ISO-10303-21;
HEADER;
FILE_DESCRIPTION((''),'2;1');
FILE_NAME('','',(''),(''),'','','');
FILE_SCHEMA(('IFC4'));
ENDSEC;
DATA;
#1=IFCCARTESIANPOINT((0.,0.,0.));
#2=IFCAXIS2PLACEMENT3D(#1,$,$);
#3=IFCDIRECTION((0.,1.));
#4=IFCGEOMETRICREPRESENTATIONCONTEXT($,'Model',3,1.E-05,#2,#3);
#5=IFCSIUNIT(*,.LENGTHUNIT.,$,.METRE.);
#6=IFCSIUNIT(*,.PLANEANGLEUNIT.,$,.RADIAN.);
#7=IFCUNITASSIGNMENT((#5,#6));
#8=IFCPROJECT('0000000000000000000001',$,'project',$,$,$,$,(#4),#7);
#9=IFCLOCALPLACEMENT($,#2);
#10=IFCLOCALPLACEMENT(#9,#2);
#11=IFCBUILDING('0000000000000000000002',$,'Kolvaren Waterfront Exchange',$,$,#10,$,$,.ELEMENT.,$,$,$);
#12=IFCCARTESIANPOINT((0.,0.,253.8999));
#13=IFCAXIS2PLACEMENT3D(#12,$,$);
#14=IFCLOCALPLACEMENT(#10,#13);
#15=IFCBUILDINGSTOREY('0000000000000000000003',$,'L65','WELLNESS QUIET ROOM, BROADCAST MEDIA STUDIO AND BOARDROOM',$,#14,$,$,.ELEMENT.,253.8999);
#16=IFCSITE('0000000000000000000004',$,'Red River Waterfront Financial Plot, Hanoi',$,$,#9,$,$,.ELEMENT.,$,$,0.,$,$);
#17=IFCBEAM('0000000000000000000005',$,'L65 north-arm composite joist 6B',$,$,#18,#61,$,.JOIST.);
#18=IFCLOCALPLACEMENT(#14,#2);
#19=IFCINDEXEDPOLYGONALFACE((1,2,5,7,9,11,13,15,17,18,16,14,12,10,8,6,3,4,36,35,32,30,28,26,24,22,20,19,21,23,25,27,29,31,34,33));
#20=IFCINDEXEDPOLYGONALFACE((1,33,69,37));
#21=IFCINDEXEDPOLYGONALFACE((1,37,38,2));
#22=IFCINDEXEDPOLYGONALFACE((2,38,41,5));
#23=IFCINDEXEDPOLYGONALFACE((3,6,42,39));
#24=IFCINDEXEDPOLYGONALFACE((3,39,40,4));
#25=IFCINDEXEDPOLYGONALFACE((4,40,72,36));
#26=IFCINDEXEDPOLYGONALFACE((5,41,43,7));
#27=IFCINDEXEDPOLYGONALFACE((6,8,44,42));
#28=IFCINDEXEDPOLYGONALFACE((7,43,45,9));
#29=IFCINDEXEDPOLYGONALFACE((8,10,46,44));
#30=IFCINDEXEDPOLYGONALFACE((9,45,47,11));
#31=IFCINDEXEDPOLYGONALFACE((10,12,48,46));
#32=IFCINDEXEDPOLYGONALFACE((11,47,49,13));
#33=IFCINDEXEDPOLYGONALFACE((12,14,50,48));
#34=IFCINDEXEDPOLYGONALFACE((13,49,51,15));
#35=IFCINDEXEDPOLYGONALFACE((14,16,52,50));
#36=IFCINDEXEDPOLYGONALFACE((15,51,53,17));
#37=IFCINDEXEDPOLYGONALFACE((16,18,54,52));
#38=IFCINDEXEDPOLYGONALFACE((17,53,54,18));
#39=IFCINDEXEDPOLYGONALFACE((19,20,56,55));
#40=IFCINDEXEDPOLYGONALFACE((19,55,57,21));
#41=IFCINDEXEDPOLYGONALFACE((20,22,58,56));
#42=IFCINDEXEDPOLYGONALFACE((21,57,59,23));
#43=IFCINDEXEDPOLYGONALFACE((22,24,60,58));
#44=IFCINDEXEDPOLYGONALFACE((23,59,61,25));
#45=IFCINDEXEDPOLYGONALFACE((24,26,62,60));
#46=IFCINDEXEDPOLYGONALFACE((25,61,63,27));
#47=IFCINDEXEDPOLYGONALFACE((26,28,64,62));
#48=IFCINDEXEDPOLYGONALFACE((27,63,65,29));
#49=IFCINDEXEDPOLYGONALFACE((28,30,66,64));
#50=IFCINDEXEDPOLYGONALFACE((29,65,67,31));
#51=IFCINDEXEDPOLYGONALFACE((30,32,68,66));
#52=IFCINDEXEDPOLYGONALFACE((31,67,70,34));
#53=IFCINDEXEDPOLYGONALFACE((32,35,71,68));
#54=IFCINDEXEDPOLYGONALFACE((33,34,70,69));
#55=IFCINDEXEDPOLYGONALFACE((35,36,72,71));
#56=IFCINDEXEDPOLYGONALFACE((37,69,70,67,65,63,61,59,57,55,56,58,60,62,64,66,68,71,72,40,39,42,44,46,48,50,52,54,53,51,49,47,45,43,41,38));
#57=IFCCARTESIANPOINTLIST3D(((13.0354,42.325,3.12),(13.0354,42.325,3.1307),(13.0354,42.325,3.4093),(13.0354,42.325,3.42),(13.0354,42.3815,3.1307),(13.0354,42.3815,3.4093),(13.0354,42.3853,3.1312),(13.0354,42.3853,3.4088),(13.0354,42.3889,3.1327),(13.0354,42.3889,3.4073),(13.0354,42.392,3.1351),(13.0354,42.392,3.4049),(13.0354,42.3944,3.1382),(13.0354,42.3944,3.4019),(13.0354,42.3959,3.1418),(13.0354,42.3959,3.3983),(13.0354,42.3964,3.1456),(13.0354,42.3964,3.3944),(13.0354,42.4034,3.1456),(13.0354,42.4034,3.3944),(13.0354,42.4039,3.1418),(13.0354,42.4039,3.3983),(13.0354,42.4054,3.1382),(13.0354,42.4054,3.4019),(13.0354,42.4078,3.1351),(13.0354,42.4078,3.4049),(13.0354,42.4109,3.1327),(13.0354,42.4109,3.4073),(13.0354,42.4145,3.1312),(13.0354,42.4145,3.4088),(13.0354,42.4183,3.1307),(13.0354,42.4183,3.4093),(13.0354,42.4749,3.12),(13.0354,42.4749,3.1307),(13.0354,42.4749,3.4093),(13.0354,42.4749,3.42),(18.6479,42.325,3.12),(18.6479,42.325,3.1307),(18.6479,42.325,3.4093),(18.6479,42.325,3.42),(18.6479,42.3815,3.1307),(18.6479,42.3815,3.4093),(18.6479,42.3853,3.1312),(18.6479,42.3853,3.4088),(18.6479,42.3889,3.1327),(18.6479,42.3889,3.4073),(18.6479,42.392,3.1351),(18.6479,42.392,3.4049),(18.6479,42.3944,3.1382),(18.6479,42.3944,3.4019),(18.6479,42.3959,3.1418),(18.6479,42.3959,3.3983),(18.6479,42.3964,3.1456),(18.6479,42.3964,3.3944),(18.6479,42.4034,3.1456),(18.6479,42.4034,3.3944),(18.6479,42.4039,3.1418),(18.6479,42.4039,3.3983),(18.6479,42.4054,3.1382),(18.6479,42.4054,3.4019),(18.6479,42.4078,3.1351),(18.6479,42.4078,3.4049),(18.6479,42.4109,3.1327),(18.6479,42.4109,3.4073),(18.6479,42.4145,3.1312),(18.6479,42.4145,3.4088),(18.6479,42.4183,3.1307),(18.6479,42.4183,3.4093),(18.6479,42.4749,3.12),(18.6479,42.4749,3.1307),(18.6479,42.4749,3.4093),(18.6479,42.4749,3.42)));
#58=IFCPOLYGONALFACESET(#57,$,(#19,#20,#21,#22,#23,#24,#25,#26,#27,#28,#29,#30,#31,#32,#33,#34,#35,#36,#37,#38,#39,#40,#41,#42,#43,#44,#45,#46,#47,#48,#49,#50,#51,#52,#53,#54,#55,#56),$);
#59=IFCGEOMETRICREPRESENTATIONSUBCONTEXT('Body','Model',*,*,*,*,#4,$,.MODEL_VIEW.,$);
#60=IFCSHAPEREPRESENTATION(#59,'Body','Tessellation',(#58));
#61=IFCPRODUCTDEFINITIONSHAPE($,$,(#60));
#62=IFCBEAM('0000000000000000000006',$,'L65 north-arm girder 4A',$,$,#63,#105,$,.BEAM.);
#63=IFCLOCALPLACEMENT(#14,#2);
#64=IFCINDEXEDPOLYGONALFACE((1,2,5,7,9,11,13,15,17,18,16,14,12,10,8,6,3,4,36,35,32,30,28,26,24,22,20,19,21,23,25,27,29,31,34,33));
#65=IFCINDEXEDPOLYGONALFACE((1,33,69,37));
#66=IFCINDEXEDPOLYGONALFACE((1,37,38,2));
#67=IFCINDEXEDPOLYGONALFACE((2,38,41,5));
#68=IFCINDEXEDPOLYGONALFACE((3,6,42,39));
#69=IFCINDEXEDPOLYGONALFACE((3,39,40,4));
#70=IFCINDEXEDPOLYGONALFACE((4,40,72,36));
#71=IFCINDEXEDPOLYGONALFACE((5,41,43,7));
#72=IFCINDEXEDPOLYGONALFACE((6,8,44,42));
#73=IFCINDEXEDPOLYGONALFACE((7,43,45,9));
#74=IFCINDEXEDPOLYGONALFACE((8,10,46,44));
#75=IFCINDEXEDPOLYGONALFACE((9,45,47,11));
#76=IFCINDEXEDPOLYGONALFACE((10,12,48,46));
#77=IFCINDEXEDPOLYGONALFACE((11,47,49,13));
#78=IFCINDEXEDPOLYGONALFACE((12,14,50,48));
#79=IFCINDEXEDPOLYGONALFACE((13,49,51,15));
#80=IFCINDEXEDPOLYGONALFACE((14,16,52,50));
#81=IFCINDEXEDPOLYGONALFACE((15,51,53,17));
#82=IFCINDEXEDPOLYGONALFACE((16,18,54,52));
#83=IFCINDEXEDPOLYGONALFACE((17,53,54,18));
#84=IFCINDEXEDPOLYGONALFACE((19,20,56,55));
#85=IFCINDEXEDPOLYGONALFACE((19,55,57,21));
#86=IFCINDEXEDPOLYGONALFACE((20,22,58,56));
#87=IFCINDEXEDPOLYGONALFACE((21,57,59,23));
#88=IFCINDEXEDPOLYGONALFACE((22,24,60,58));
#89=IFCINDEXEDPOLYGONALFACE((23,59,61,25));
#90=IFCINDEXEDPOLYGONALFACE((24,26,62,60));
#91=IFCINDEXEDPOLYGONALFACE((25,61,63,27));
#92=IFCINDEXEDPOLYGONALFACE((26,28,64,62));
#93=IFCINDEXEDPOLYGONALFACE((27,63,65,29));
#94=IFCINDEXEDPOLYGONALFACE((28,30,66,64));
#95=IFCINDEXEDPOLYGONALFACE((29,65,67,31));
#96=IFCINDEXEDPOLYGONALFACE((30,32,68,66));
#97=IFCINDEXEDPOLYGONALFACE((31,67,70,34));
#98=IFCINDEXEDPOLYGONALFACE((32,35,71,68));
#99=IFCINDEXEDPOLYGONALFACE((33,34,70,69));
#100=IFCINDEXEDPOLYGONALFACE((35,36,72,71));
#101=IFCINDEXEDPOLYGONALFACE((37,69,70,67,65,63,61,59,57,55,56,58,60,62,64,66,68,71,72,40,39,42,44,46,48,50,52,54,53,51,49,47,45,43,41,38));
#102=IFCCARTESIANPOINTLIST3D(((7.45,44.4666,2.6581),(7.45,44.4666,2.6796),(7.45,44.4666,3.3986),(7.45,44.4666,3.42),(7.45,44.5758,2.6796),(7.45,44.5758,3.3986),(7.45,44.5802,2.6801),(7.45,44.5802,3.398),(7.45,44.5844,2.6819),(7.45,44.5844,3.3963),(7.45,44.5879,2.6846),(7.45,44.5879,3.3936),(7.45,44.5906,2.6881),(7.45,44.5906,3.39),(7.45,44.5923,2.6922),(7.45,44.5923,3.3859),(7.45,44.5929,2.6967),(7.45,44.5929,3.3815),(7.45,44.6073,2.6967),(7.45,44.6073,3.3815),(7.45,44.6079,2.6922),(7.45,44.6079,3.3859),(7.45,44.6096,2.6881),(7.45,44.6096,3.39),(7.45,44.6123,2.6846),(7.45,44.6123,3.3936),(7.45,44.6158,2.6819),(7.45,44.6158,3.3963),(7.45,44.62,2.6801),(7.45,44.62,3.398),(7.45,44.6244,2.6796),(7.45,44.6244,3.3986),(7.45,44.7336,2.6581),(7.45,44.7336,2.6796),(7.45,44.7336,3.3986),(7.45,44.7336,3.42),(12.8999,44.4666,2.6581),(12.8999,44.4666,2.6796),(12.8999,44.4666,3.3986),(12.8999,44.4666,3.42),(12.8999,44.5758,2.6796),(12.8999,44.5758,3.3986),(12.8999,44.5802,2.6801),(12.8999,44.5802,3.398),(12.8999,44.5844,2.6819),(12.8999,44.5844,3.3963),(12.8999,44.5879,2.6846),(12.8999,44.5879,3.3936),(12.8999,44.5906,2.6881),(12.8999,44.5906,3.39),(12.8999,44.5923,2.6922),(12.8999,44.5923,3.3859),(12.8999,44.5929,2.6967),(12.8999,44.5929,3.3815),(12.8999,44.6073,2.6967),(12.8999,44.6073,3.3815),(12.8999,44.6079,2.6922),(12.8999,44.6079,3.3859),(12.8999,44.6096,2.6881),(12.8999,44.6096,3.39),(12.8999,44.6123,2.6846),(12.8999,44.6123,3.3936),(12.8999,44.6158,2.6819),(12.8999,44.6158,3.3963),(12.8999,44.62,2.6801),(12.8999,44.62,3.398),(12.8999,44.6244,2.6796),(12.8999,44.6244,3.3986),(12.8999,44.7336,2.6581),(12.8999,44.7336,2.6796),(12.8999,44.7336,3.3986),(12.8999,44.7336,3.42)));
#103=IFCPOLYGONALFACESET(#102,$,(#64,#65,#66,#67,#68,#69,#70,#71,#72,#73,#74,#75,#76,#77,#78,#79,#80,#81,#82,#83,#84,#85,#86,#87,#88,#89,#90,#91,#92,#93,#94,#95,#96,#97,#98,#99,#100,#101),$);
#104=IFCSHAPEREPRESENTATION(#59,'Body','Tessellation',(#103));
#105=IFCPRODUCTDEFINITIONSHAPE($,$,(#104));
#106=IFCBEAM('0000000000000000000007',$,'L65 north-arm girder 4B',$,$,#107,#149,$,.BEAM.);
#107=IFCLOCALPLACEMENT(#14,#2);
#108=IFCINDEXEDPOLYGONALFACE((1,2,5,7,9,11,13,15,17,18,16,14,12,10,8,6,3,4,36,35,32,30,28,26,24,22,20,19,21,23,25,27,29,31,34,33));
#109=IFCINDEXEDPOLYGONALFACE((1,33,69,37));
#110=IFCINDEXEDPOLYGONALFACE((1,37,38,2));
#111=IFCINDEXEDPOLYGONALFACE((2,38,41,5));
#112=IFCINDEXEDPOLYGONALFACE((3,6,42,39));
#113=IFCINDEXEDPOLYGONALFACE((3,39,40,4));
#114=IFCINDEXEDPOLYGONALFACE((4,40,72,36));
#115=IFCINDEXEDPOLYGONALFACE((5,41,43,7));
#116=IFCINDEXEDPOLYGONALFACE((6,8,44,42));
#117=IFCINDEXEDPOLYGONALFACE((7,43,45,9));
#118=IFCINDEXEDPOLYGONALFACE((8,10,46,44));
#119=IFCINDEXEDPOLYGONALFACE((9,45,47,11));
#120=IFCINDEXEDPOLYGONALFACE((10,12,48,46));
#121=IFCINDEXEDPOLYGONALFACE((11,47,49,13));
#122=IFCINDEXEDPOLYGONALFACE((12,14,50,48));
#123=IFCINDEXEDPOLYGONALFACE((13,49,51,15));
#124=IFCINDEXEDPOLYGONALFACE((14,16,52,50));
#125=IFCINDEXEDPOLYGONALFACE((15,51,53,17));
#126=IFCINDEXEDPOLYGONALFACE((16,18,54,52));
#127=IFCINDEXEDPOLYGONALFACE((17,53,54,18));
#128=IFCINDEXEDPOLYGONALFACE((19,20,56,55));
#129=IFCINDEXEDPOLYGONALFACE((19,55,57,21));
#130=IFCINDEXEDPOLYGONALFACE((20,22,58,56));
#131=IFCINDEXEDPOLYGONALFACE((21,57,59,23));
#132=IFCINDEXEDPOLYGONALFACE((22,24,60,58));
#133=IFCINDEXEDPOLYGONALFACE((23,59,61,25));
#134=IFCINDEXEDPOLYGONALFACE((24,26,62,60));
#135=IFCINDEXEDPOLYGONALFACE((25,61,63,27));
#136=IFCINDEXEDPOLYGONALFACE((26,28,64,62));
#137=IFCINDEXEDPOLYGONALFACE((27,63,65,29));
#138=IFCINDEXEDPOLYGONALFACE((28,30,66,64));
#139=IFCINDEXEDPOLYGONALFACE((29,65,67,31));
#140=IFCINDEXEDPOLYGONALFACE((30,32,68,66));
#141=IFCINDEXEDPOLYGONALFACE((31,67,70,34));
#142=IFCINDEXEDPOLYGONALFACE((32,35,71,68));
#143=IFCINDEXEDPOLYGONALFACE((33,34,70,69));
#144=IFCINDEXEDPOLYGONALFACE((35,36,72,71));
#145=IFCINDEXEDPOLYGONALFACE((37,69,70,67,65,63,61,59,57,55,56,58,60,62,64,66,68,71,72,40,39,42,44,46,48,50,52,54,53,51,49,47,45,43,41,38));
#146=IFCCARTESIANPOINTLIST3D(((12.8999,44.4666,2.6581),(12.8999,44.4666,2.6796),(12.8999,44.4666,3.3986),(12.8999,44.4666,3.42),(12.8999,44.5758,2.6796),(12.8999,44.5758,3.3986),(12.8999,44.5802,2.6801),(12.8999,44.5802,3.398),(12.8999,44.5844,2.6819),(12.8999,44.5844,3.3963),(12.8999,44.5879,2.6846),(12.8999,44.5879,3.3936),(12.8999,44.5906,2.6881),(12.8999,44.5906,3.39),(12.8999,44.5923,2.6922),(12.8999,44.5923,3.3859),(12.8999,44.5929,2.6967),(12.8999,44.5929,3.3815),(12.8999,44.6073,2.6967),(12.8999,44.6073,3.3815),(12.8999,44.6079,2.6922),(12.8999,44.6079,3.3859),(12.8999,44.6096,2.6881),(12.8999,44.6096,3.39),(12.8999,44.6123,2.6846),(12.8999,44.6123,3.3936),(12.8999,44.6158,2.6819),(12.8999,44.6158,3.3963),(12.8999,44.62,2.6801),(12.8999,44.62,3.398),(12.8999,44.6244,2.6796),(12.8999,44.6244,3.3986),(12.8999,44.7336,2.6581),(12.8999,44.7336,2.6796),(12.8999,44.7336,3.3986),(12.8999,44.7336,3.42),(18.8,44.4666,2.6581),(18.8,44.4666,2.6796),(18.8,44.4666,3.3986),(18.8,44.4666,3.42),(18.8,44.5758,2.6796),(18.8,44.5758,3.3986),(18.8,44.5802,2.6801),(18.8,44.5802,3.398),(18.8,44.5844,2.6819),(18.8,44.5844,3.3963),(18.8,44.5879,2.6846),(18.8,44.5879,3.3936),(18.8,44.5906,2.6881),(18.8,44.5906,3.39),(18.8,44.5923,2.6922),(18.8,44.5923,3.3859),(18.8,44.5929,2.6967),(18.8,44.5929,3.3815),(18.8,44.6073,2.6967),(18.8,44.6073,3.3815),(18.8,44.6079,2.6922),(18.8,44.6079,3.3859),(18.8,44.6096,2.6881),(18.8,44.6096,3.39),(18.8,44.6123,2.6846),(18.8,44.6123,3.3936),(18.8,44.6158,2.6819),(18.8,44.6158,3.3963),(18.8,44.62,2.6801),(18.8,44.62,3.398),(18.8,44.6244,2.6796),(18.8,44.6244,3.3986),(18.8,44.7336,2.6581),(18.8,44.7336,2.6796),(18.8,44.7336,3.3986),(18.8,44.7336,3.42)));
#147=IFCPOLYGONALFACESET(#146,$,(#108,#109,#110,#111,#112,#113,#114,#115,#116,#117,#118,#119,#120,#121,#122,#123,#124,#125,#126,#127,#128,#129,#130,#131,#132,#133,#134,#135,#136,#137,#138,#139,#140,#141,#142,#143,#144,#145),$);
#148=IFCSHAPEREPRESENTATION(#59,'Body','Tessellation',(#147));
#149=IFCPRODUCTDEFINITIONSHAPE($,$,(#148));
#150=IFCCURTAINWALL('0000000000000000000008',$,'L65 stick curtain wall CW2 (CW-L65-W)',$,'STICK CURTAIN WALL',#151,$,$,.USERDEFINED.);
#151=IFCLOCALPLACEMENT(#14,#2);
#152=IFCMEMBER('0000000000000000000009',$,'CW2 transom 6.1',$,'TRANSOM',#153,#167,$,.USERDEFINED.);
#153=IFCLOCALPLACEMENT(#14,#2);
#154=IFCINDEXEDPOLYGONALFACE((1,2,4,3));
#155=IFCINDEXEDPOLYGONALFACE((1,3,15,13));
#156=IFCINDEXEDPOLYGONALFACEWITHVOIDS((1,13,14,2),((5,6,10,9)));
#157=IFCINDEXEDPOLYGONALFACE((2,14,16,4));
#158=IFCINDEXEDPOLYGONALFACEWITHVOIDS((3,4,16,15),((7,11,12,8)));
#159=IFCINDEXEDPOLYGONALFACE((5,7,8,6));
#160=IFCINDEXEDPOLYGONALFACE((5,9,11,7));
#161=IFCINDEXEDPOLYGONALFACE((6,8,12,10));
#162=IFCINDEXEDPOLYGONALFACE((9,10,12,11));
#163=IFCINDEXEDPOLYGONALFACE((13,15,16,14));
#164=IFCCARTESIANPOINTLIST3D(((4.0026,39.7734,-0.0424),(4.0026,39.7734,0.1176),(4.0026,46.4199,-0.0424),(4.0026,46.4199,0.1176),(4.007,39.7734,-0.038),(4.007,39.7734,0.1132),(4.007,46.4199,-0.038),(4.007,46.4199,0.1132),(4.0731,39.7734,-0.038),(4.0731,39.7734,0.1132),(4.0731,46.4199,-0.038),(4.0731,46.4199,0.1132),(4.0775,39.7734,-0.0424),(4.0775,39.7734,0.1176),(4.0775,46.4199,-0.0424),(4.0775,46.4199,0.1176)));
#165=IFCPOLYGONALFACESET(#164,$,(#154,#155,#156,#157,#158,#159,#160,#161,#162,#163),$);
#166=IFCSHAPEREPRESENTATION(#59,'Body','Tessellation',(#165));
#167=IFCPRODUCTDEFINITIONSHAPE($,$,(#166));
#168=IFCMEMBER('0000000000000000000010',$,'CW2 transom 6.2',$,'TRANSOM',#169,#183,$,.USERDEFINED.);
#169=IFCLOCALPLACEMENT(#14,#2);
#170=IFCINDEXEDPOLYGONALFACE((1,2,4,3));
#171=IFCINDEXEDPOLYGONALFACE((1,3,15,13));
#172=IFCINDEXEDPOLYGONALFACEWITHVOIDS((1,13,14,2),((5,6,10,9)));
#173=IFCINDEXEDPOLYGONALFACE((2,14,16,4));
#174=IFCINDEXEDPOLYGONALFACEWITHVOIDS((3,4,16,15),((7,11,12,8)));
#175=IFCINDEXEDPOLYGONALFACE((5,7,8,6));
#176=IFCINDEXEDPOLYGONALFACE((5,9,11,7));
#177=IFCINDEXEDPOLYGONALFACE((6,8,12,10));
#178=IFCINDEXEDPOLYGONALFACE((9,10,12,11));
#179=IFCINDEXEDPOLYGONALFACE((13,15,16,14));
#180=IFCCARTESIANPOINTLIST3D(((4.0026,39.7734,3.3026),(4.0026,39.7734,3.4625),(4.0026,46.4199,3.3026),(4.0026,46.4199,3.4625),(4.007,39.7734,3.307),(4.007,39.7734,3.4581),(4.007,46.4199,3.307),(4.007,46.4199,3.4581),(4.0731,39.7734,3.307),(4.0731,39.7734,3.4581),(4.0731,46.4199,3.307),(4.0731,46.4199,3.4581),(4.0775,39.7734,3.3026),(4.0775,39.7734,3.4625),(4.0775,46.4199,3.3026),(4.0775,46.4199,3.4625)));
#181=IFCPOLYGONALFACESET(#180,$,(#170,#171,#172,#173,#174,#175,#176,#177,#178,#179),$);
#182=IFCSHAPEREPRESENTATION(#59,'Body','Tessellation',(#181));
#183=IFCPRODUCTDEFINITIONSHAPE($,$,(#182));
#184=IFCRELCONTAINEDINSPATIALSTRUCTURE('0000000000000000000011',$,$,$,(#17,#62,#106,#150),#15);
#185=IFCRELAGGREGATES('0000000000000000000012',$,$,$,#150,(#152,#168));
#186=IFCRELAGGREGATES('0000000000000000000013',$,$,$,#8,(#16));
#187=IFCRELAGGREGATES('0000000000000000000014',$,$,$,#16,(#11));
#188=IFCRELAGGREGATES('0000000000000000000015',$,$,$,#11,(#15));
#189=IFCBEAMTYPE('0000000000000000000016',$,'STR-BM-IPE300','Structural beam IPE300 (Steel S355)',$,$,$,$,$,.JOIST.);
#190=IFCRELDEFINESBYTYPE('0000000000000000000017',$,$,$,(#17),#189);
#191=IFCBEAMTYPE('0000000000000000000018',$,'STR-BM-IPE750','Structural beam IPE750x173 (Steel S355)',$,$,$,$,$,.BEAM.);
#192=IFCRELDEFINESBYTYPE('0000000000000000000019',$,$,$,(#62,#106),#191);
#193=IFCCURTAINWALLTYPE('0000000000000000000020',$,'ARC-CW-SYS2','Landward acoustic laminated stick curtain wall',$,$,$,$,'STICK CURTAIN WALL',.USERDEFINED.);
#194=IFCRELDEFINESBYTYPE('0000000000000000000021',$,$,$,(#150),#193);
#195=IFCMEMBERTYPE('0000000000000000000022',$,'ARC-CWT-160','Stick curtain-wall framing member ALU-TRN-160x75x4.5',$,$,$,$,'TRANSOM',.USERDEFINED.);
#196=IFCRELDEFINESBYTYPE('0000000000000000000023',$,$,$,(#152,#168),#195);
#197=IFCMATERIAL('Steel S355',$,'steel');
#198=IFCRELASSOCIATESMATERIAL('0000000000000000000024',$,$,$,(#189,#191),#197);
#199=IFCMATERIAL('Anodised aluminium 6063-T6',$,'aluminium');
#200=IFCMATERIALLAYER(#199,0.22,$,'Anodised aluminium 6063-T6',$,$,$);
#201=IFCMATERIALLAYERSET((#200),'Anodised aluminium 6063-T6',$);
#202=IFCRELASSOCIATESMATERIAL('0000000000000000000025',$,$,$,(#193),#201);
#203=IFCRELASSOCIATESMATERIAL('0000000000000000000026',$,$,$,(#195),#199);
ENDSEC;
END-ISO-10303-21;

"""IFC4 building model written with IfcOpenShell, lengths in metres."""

from ifc_helpers import new_model, si_unit, direction, frame, origin, origin_with_axes, origin_2d, place, context, subcontext, project, spatial, hollow_rectangle, i_section, extrude, source, transform, mapped, material, layer, layer_set, material_profile, profile_set, type_object, element, aggregate, save


model = new_model("IFC4")

# Units and contexts
model_context = context("Model", 3, precision=1e-05, world=origin(), true_north=direction((0.0, 1.0)))
body_context = subcontext(model_context, "Body", "Model", "MODEL_VIEW")
ifc_project = project(units=[si_unit("LENGTHUNIT", "METRE"), si_unit("PLANEANGLEUNIT", "RADIAN")], contexts=[model_context])

# Site, building, storey
site_placement = place(None, origin())
site = spatial("IfcSite", under=ifc_project, at=site_placement, Name="Red River Waterfront Financial Plot, Hanoi", CompositionType="ELEMENT", RefElevation=0.0)
building_placement = place(site_placement, origin())
building = spatial("IfcBuilding", under=site, at=building_placement, Name="Kolvaren Waterfront Exchange", CompositionType="ELEMENT")
storey_placement = place(building_placement, frame((0.0, 0.0, 253.8999)))
storey = spatial("IfcBuildingStorey", under=building, at=storey_placement, Name="L65", Description="WELLNESS QUIET ROOM, BROADCAST MEDIA STUDIO AND BOARDROOM", CompositionType="ELEMENT", Elevation=253.8999)

# Beams
ifc_material_1 = material(Name="Steel S355", Category="steel")
ifc_material_profile_1 = material_profile(ifc_material_1, i_section(OverallWidth=0.1499, OverallDepth=0.3, WebThickness=0.0071, FlangeThickness=0.0107, FilletRadius=0.0149, at=origin_2d()), Name="IPE300")
ifc_profile_set_1 = profile_set([ifc_material_profile_1], Name="Steel S355")
beam_type_1 = type_object("IfcBeamType", Name="STR-BM-IPE300", Description="Structural beam IPE300 (Steel S355)", PredefinedType="JOIST", material=ifc_profile_set_1)
beam_1_placement = place(storey_placement, frame((13.0354, 42.3999, 3.27), z_axis=(1.0, 0.0, 0.0), x_axis=(0.0, 1.0, 0.0)))
element("IfcBeam", 1, at=beam_1_placement, inside=storey, type_object=beam_type_1, Name="L65 north-arm composite joist 6B", PredefinedType="JOIST", context=body_context, shape_type="SweptSolid", body=[
    extrude(i_section(OverallWidth=0.1499, OverallDepth=0.3, WebThickness=0.0071, FlangeThickness=0.0107, FilletRadius=0.0149, at=origin_2d()), origin(), (0.0, 0.0, 1.0), 5.6125),
])
ifc_material_profile_2 = material_profile(ifc_material_1, i_section(OverallWidth=0.2671, OverallDepth=0.762, WebThickness=0.0144, FlangeThickness=0.0215, FilletRadius=0.0171, at=origin_2d()), Name="IPE750x173")
ifc_profile_set_2 = profile_set([ifc_material_profile_2], Name="Steel S355")
beam_type_2 = type_object("IfcBeamType", Name="STR-BM-IPE750", Description="Structural beam IPE750x173 (Steel S355)", PredefinedType="BEAM", material=ifc_profile_set_2)
beam_2_placement = place(storey_placement, frame((7.45, 44.6001, 3.0391), z_axis=(1.0, 0.0, 0.0), x_axis=(0.0, 1.0, 0.0)))
element("IfcBeam", 2, at=beam_2_placement, inside=storey, type_object=beam_type_2, Name="L65 north-arm girder 4A", PredefinedType="BEAM", context=body_context, shape_type="SweptSolid", body=[
    extrude(i_section(OverallWidth=0.2671, OverallDepth=0.762, WebThickness=0.0144, FlangeThickness=0.0215, FilletRadius=0.0171, at=origin_2d()), origin(), (0.0, 0.0, 1.0), 5.45),
])
beam_3_placement = place(storey_placement, frame((12.8999, 44.6001, 3.0391), z_axis=(1.0, 0.0, 0.0), x_axis=(0.0, 1.0, 0.0)))
element("IfcBeam", 3, at=beam_3_placement, inside=storey, type_object=beam_type_2, Name="L65 north-arm girder 4B", PredefinedType="BEAM", context=body_context, shape_type="SweptSolid", body=[
    extrude(i_section(OverallWidth=0.2671, OverallDepth=0.762, WebThickness=0.0144, FlangeThickness=0.0215, FilletRadius=0.0171, at=origin_2d()), origin(), (0.0, 0.0, 1.0), 5.9001),
])

# Curtain wall, members
ifc_material_2 = material(Name="Anodised aluminium 6063-T6", Category="aluminium")
ifc_layer_1 = layer(ifc_material_2, 0.22, Name="Anodised aluminium 6063-T6")
ifc_layer_set_1 = layer_set([ifc_layer_1], Name="Anodised aluminium 6063-T6")
curtain_wall_type = type_object("IfcCurtainWallType", Name="ARC-CW-SYS2", Description="Landward acoustic laminated stick curtain wall", ElementType="STICK CURTAIN WALL", PredefinedType="USERDEFINED", material=ifc_layer_set_1)
curtain_wall_placement = place(storey_placement, origin())
curtain_wall = element("IfcCurtainWall", 4, at=curtain_wall_placement, inside=storey, type_object=curtain_wall_type, Name="L65 stick curtain wall CW2 (CW-L65-W)", ObjectType="STICK CURTAIN WALL", PredefinedType="USERDEFINED")
ifc_material_profile_3 = material_profile(ifc_material_2, hollow_rectangle(XDim=0.075, YDim=0.1599, WallThickness=0.0044, at=origin_2d()), Name="ALU-TRN-160x75x4.5")
ifc_profile_set_3 = profile_set([ifc_material_profile_3], Name="Anodised aluminium 6063-T6")
member_type_1 = type_object("IfcMemberType", Name="ARC-CWT-160", Description="Stick curtain-wall framing member ALU-TRN-160x75x4.5", ElementType="TRANSOM", PredefinedType="USERDEFINED", material=ifc_profile_set_3)
shared_shape_1 = source(origin_with_axes(), body_context, "Body", "SweptSolid", [
    extrude(hollow_rectangle(XDim=0.075, YDim=0.1599, WallThickness=0.0044, at=origin_2d()), origin(), (0.0, 0.0, 1.0), 6.6465),
])
member_1_placement = place(storey_placement, frame((4.04, 39.7734, 0.0376), z_axis=(0.0, 1.0, 0.0), x_axis=(-1.0, 0.0, 0.0)))
member_1 = element("IfcMember", 5, at=member_1_placement, type_object=member_type_1, Name="CW2 transom 6.1", ObjectType="TRANSOM", PredefinedType="USERDEFINED", context=body_context, shape_type="MappedRepresentation", body=[
    mapped(shared_shape_1, transform((0.0, 0.0, 0.0), x_axis=(1.0, 0.0, 0.0), y_axis=(0.0, 1.0, 0.0), z_axis=(0.0, 0.0, 1.0), scale=1.0)),
])
member_2_placement = place(storey_placement, frame((4.04, 39.7734, 3.3826), z_axis=(0.0, 1.0, 0.0), x_axis=(-1.0, 0.0, 0.0)))
member_2 = element("IfcMember", 6, at=member_2_placement, type_object=member_type_1, Name="CW2 transom 6.2", ObjectType="TRANSOM", PredefinedType="USERDEFINED", context=body_context, shape_type="MappedRepresentation", body=[
    mapped(shared_shape_1, transform((0.0, 0.0, 0.0), x_axis=(1.0, 0.0, 0.0), y_axis=(0.0, 1.0, 0.0), z_axis=(0.0, 0.0, 1.0), scale=1.0)),
])
aggregate(curtain_wall, [member_1, member_2])

save(model, "model.ifc")
